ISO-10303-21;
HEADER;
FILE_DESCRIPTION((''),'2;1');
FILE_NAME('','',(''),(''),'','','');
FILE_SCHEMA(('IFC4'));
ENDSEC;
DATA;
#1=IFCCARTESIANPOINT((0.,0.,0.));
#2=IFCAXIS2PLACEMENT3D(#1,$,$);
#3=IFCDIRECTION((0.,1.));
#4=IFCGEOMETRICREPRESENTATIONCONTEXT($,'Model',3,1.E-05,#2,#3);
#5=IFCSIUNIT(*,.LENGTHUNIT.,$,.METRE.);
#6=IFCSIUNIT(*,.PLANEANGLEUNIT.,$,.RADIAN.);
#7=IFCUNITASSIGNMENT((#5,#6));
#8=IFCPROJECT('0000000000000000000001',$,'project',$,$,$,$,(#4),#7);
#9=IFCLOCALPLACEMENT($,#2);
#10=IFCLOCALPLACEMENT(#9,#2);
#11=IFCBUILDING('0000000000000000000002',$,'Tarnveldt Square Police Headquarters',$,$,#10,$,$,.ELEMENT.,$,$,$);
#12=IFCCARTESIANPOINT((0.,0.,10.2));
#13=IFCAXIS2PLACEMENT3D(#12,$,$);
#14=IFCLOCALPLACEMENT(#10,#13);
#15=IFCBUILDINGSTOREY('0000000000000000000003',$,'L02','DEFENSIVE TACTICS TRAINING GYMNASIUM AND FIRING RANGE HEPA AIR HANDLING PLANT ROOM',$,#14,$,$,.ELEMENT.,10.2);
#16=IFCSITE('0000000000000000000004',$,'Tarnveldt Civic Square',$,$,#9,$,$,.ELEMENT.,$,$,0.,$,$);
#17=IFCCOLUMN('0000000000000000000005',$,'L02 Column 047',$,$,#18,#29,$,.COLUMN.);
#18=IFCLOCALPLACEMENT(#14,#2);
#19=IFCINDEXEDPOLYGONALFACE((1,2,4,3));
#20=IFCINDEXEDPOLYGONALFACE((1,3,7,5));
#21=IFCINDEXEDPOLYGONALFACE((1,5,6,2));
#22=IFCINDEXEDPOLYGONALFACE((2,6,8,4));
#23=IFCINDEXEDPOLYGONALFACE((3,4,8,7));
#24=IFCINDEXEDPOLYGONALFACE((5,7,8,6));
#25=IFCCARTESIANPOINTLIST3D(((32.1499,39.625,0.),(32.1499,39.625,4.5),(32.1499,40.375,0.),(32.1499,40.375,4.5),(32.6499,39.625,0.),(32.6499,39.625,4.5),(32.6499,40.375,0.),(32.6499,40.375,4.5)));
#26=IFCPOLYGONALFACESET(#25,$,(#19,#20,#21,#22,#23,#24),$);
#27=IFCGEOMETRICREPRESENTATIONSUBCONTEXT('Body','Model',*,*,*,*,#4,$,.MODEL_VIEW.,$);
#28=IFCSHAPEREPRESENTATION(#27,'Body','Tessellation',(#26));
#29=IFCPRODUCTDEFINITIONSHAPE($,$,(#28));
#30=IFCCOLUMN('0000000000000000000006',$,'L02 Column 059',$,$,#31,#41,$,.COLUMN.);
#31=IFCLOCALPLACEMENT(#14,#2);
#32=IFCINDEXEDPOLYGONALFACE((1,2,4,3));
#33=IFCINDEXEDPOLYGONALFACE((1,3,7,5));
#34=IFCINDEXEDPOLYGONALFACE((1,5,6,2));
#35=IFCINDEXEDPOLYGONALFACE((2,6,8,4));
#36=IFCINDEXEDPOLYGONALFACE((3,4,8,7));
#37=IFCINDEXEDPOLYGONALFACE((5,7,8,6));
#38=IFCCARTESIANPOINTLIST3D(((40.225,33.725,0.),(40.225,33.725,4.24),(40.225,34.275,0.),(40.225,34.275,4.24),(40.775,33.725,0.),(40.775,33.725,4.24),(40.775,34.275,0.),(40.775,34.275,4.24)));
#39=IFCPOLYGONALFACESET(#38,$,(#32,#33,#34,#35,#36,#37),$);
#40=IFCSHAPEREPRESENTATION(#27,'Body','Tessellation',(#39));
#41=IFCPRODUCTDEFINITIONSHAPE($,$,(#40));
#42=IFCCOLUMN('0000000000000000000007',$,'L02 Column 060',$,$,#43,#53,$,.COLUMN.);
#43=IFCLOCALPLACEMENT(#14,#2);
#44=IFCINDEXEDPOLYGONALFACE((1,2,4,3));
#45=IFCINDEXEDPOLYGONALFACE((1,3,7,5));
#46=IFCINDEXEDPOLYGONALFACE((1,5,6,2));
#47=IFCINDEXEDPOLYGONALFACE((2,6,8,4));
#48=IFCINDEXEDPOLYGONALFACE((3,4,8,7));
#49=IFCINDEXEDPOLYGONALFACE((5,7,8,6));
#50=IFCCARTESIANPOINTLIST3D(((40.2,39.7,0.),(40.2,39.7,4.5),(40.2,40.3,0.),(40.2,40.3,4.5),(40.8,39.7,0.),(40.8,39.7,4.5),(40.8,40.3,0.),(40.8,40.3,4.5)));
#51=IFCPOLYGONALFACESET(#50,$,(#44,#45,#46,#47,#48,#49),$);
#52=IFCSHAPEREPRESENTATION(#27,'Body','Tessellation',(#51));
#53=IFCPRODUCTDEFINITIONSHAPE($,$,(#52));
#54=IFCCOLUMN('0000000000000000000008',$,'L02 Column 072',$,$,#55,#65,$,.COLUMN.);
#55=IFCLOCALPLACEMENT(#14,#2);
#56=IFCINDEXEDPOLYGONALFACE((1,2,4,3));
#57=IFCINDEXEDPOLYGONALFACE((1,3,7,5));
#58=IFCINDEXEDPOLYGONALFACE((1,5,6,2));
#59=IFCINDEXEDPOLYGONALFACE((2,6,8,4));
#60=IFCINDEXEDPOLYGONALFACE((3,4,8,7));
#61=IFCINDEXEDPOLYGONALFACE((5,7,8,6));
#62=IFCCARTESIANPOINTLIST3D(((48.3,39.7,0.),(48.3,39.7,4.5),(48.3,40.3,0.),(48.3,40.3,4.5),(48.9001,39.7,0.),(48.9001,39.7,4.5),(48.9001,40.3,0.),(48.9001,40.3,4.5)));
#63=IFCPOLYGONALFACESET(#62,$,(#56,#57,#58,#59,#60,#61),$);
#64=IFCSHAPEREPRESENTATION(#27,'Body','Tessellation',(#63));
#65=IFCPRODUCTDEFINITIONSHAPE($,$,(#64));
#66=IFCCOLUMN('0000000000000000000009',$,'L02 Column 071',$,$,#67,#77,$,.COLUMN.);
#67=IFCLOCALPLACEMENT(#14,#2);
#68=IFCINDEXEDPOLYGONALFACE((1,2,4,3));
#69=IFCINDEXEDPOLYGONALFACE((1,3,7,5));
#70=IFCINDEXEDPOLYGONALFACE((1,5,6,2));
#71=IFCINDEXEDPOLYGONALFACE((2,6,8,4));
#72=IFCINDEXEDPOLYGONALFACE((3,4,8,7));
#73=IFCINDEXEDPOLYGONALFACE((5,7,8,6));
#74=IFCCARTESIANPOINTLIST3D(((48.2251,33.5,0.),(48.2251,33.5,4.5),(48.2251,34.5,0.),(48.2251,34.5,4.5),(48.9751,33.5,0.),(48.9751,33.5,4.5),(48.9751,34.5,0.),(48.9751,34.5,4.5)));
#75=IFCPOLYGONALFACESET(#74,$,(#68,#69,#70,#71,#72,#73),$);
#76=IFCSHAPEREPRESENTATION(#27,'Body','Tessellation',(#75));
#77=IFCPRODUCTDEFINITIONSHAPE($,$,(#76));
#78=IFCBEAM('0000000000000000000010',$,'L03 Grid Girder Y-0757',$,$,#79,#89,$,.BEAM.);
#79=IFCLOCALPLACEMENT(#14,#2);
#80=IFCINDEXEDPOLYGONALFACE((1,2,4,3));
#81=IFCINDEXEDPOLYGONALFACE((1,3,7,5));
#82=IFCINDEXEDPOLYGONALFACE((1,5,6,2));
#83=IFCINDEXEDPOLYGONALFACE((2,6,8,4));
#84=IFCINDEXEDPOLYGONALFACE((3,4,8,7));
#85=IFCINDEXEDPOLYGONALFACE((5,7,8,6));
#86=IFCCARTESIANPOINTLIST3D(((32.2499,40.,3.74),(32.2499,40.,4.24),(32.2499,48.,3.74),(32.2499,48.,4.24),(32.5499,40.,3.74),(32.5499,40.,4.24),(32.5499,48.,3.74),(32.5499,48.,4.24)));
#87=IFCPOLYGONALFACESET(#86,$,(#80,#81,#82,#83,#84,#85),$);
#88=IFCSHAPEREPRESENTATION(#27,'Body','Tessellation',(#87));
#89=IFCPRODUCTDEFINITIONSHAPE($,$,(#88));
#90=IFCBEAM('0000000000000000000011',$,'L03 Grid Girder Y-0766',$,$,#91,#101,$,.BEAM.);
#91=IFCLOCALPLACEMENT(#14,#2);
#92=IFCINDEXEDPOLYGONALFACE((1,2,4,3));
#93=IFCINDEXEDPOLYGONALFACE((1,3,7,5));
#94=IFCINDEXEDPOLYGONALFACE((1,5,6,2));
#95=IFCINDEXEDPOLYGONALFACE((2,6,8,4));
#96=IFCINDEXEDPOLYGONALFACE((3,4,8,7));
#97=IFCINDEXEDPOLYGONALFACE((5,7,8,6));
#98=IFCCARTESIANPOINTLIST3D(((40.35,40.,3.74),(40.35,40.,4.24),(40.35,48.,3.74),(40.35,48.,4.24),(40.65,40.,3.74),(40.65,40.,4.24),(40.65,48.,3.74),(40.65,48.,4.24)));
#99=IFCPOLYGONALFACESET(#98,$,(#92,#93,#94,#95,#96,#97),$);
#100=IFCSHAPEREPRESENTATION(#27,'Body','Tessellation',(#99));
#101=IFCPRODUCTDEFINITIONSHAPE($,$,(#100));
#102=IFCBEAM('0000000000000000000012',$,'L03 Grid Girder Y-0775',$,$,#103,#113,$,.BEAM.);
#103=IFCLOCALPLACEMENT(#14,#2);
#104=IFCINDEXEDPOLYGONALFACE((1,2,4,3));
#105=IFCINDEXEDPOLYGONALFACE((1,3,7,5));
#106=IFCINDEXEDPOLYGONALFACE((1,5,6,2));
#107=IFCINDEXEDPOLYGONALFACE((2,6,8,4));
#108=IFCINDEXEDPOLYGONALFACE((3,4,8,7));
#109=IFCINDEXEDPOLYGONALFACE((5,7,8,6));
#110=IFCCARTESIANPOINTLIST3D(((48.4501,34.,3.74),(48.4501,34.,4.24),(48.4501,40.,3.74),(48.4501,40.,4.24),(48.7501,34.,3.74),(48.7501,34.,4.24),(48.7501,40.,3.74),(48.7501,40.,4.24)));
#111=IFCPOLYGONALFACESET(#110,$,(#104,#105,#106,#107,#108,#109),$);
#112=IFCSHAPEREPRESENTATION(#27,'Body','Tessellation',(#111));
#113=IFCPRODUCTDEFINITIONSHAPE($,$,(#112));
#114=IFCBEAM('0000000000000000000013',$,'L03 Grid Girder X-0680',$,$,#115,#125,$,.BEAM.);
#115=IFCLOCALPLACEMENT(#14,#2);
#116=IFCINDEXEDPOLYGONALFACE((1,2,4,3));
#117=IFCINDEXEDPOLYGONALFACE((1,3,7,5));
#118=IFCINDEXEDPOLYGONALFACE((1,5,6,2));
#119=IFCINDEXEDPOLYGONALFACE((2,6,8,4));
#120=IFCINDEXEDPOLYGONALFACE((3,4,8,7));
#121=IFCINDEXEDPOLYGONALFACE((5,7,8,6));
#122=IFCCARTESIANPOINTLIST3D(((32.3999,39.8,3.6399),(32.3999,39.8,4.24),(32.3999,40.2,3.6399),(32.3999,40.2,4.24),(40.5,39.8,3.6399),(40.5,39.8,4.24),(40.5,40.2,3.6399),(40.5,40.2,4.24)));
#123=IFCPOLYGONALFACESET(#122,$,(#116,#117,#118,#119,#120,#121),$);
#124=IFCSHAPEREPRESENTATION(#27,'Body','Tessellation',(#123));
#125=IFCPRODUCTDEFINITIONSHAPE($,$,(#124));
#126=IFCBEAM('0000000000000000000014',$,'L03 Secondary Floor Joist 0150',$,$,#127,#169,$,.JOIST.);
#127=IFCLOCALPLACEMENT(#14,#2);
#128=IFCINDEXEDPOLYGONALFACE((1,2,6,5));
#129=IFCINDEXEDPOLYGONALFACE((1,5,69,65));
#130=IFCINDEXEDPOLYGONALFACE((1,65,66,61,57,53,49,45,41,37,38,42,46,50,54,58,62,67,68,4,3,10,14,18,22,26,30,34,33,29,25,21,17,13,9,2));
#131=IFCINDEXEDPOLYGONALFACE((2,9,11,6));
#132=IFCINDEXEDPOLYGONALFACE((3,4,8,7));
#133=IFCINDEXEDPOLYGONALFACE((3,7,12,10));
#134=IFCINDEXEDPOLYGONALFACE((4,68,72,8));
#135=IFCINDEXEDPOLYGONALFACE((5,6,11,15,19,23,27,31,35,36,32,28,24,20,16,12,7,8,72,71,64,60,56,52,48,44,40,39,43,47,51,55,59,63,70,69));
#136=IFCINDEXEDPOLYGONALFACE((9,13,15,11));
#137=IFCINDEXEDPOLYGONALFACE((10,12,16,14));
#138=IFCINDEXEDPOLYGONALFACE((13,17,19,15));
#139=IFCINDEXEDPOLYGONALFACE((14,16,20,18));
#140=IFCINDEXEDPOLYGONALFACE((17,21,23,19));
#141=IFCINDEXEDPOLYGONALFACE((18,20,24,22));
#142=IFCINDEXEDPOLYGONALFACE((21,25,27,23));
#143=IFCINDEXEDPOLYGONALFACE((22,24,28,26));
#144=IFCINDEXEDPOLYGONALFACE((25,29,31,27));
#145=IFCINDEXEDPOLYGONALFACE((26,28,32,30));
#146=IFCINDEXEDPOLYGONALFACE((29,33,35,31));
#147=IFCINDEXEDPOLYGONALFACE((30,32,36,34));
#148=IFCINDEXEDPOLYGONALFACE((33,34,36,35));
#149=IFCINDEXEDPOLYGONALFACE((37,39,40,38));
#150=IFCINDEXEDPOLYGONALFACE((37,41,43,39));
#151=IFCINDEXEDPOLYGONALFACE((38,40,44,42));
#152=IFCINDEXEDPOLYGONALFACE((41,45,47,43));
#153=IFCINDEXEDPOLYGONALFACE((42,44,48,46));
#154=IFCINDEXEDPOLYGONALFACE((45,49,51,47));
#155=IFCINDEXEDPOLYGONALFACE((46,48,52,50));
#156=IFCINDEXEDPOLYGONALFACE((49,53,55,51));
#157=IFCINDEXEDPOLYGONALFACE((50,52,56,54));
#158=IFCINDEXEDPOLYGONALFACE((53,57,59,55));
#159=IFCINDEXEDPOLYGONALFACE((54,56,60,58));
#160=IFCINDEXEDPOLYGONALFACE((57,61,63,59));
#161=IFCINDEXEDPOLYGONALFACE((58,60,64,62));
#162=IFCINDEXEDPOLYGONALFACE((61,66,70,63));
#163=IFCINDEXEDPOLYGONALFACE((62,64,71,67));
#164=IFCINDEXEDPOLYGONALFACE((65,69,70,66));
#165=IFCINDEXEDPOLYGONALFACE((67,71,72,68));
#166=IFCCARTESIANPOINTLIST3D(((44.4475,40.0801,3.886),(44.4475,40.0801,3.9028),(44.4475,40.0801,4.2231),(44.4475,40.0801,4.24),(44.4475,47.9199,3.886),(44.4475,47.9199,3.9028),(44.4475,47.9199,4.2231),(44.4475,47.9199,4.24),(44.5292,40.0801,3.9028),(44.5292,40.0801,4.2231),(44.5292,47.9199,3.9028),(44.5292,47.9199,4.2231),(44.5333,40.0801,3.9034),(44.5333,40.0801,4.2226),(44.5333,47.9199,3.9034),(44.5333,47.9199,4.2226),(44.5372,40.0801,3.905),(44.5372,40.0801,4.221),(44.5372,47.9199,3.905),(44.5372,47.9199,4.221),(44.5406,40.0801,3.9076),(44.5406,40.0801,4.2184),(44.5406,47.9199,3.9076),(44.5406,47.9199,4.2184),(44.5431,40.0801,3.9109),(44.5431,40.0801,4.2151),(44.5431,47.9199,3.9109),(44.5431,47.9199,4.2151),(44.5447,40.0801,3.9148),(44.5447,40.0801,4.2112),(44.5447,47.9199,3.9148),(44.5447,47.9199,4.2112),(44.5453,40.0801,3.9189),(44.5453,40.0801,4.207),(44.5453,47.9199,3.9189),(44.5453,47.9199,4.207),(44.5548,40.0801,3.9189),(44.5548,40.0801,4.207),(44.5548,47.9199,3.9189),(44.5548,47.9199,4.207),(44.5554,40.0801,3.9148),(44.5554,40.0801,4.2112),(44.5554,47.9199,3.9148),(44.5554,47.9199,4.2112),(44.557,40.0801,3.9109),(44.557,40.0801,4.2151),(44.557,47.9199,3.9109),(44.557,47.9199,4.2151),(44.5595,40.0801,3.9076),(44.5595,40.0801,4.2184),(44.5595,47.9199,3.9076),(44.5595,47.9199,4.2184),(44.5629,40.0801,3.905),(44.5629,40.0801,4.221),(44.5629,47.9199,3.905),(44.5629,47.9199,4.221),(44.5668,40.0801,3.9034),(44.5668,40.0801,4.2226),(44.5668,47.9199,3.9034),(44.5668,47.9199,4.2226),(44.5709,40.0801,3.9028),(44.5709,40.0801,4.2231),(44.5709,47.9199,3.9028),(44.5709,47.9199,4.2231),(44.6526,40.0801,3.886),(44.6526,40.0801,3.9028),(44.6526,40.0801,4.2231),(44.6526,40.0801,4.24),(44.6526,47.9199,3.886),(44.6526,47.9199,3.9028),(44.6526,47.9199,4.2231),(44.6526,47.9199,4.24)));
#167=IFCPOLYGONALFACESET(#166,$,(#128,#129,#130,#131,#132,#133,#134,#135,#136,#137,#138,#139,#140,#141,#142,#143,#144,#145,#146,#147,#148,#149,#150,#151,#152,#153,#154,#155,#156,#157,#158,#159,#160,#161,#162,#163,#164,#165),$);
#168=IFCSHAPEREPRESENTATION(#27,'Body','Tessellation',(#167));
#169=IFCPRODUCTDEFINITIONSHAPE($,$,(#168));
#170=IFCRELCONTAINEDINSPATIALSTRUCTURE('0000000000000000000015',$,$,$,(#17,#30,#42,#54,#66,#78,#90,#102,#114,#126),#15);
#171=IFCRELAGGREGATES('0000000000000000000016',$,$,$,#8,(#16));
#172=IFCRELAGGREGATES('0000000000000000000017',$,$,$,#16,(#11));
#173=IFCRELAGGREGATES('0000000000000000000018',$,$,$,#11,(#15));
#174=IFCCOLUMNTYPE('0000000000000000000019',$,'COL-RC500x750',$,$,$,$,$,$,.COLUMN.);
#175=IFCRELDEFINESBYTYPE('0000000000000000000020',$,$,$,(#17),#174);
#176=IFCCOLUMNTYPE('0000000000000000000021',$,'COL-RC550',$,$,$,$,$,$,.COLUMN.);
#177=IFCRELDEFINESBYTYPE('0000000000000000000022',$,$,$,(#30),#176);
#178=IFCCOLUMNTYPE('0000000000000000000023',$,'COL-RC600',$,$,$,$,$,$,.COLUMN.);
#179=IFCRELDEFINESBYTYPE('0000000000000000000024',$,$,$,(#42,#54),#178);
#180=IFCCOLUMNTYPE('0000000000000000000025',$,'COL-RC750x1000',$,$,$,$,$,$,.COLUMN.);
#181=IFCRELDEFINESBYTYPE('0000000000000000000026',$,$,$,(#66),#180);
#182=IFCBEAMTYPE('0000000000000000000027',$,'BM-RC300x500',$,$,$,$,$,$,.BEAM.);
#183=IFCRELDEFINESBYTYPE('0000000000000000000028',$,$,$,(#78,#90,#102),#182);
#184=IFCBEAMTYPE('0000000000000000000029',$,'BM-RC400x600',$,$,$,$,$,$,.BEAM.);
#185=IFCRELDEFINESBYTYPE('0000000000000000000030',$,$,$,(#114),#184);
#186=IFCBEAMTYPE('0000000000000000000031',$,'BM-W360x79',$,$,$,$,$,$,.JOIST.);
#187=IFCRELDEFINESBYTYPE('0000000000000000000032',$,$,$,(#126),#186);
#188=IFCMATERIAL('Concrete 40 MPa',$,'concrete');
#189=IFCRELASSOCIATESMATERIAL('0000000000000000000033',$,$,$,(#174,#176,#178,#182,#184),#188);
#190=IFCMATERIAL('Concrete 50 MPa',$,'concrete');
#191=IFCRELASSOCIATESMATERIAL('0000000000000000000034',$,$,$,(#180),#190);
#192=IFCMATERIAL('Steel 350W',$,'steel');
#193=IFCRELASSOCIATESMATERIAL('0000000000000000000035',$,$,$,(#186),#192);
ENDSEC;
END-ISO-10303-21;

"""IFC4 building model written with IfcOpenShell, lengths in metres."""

from ifc_helpers import new_model, si_unit, direction, frame, origin, origin_2d, place, context, subcontext, project, spatial, rectangle, i_section, extrude, material, material_profile, profile_set, type_object, element, save


model = new_model("IFC4")

# Units and contexts
model_context = context("Model", 3, precision=1e-05, world=origin(), true_north=direction((0.0, 1.0)))
body_context = subcontext(model_context, "Body", "Model", "MODEL_VIEW")
ifc_project = project(units=[si_unit("LENGTHUNIT", "METRE"), si_unit("PLANEANGLEUNIT", "RADIAN")], contexts=[model_context])

# Site, building, storey
site_placement = place(None, origin())
site = spatial("IfcSite", under=ifc_project, at=site_placement, Name="Tarnveldt Civic Square", CompositionType="ELEMENT", RefElevation=0.0)
building_placement = place(site_placement, origin())
building = spatial("IfcBuilding", under=site, at=building_placement, Name="Tarnveldt Square Police Headquarters", CompositionType="ELEMENT")
storey_placement = place(building_placement, frame((0.0, 0.0, 10.2)))
storey = spatial("IfcBuildingStorey", under=building, at=storey_placement, Name="L02", Description="DEFENSIVE TACTICS TRAINING GYMNASIUM AND FIRING RANGE HEPA AIR HANDLING PLANT ROOM", CompositionType="ELEMENT", Elevation=10.2)

# Columns
ifc_material_1 = material(Name="Concrete 40 MPa", Category="concrete")
ifc_material_profile_1 = material_profile(ifc_material_1, rectangle(XDim=0.5, YDim=0.75, at=origin_2d()), Name="RC-C500x750")
ifc_profile_set_1 = profile_set([ifc_material_profile_1], Name="Concrete 40 MPa")
column_type_1 = type_object("IfcColumnType", Name="COL-RC500x750", PredefinedType="COLUMN", material=ifc_profile_set_1)
column_1_placement = place(storey_placement, frame((32.3999, 40.0, 0.0), z_axis=(0.0, 0.0, 1.0), x_axis=(1.0, 0.0, 0.0)))
element("IfcColumn", 1, at=column_1_placement, inside=storey, type_object=column_type_1, Name="L02 Column 047", PredefinedType="COLUMN", context=body_context, shape_type="SweptSolid", body=[
    extrude(rectangle(XDim=0.5, YDim=0.75, at=origin_2d()), origin(), (0.0, 0.0, 1.0), 4.5),
])
ifc_material_profile_2 = material_profile(ifc_material_1, rectangle(XDim=0.55, YDim=0.55, at=origin_2d()), Name="RC-C550x550")
ifc_profile_set_2 = profile_set([ifc_material_profile_2], Name="Concrete 40 MPa")
column_type_2 = type_object("IfcColumnType", Name="COL-RC550", PredefinedType="COLUMN", material=ifc_profile_set_2)
column_2_placement = place(storey_placement, frame((40.5, 34.0, 0.0), z_axis=(0.0, 0.0, 1.0), x_axis=(1.0, 0.0, 0.0)))
element("IfcColumn", 2, at=column_2_placement, inside=storey, type_object=column_type_2, Name="L02 Column 059", PredefinedType="COLUMN", context=body_context, shape_type="SweptSolid", body=[
    extrude(rectangle(XDim=0.55, YDim=0.55, at=origin_2d()), origin(), (0.0, 0.0, 1.0), 4.24),
])
ifc_material_profile_3 = material_profile(ifc_material_1, rectangle(XDim=0.6001, YDim=0.6001, at=origin_2d()), Name="RC-C600x600")
ifc_profile_set_3 = profile_set([ifc_material_profile_3], Name="Concrete 40 MPa")
column_type_3 = type_object("IfcColumnType", Name="COL-RC600", PredefinedType="COLUMN", material=ifc_profile_set_3)
for number, where, z_axis, x_axis, name in (
    (3, (40.5, 40.0, 0.0), (0.0, 0.0, 1.0), (1.0, 0.0, 0.0), "L02 Column 060"),
    (4, (48.6001, 40.0, 0.0), (0.0, 0.0, 1.0), (1.0, 0.0, 0.0), "L02 Column 072"),
):
    element("IfcColumn", number, at=place(storey_placement, frame(where, z_axis=z_axis, x_axis=x_axis)), inside=storey, type_object=column_type_3, Name=name, PredefinedType="COLUMN", context=body_context, shape_type="SweptSolid", body=[
        extrude(rectangle(XDim=0.6001, YDim=0.6001, at=origin_2d()), origin(), (0.0, 0.0, 1.0), 4.5),
    ])
ifc_material_2 = material(Name="Concrete 50 MPa", Category="concrete")
ifc_material_profile_4 = material_profile(ifc_material_2, rectangle(XDim=0.75, YDim=1.0, at=origin_2d()), Name="RC-C750x1000")
ifc_profile_set_4 = profile_set([ifc_material_profile_4], Name="Concrete 50 MPa")
column_type_4 = type_object("IfcColumnType", Name="COL-RC750x1000", PredefinedType="COLUMN", material=ifc_profile_set_4)
column_3_placement = place(storey_placement, frame((48.6001, 34.0, 0.0), z_axis=(0.0, 0.0, 1.0), x_axis=(1.0, 0.0, 0.0)))
element("IfcColumn", 5, at=column_3_placement, inside=storey, type_object=column_type_4, Name="L02 Column 071", PredefinedType="COLUMN", context=body_context, shape_type="SweptSolid", body=[
    extrude(rectangle(XDim=0.75, YDim=1.0, at=origin_2d()), origin(), (0.0, 0.0, 1.0), 4.5),
])

# Beams
ifc_material_profile_5 = material_profile(ifc_material_1, rectangle(XDim=0.3, YDim=0.5, at=origin_2d()), Name="RC-B300x500")
ifc_profile_set_5 = profile_set([ifc_material_profile_5], Name="Concrete 40 MPa")
beam_type_1 = type_object("IfcBeamType", Name="BM-RC300x500", PredefinedType="BEAM", material=ifc_profile_set_5)
for number, where, z_axis, x_axis, name in (
    (6, (32.3999, 40.0, 3.99), (0.0, 1.0, 0.0), (-1.0, 0.0, 0.0), "L03 Grid Girder Y-0757"),
    (7, (40.5, 40.0, 3.99), (0.0, 1.0, 0.0), (-1.0, 0.0, 0.0), "L03 Grid Girder Y-0766"),
):
    element("IfcBeam", number, at=place(storey_placement, frame(where, z_axis=z_axis, x_axis=x_axis)), inside=storey, type_object=beam_type_1, Name=name, PredefinedType="BEAM", context=body_context, shape_type="SweptSolid", body=[
        extrude(rectangle(XDim=0.3, YDim=0.5, at=origin_2d()), origin(), (0.0, 0.0, 1.0), 8.0),
    ])
beam_1_placement = place(storey_placement, frame((48.6001, 34.0, 3.99), z_axis=(0.0, 1.0, 0.0), x_axis=(-1.0, 0.0, 0.0)))
element("IfcBeam", 8, at=beam_1_placement, inside=storey, type_object=beam_type_1, Name="L03 Grid Girder Y-0775", PredefinedType="BEAM", context=body_context, shape_type="SweptSolid", body=[
    extrude(rectangle(XDim=0.3, YDim=0.5, at=origin_2d()), origin(), (0.0, 0.0, 1.0), 6.0),
])
ifc_material_profile_6 = material_profile(ifc_material_1, rectangle(XDim=0.3999, YDim=0.6001, at=origin_2d()), Name="RC-B400x600")
ifc_profile_set_6 = profile_set([ifc_material_profile_6], Name="Concrete 40 MPa")
beam_type_2 = type_object("IfcBeamType", Name="BM-RC400x600", PredefinedType="BEAM", material=ifc_profile_set_6)
beam_2_placement = place(storey_placement, frame((32.3999, 40.0, 3.9399), z_axis=(1.0, 0.0, 0.0), x_axis=(0.0, 1.0, 0.0)))
element("IfcBeam", 9, at=beam_2_placement, inside=storey, type_object=beam_type_2, Name="L03 Grid Girder X-0680", PredefinedType="BEAM", context=body_context, shape_type="SweptSolid", body=[
    extrude(rectangle(XDim=0.3999, YDim=0.6001, at=origin_2d()), origin(), (0.0, 0.0, 1.0), 8.1001),
])
ifc_material_3 = material(Name="Steel 350W", Category="steel")
ifc_material_profile_7 = material_profile(ifc_material_3, i_section(OverallWidth=0.2051, OverallDepth=0.354, WebThickness=0.0095, FlangeThickness=0.0168, FilletRadius=0.0161, at=origin_2d()), Name="W360x79")
ifc_profile_set_7 = profile_set([ifc_material_profile_7], Name="Steel 350W")
beam_type_3 = type_object("IfcBeamType", Name="BM-W360x79", PredefinedType="JOIST", material=ifc_profile_set_7)
beam_3_placement = place(storey_placement, frame((44.55, 40.0801, 4.063), z_axis=(0.0, 1.0, 0.0), x_axis=(-1.0, 0.0, 0.0)))
element("IfcBeam", 10, at=beam_3_placement, inside=storey, type_object=beam_type_3, Name="L03 Secondary Floor Joist 0150", PredefinedType="JOIST", context=body_context, shape_type="SweptSolid", body=[
    extrude(i_section(OverallWidth=0.2051, OverallDepth=0.354, WebThickness=0.0095, FlangeThickness=0.0168, FilletRadius=0.0161, at=origin_2d()), origin(), (0.0, 0.0, 1.0), 7.8398),
])

save(model, "model.ifc")
